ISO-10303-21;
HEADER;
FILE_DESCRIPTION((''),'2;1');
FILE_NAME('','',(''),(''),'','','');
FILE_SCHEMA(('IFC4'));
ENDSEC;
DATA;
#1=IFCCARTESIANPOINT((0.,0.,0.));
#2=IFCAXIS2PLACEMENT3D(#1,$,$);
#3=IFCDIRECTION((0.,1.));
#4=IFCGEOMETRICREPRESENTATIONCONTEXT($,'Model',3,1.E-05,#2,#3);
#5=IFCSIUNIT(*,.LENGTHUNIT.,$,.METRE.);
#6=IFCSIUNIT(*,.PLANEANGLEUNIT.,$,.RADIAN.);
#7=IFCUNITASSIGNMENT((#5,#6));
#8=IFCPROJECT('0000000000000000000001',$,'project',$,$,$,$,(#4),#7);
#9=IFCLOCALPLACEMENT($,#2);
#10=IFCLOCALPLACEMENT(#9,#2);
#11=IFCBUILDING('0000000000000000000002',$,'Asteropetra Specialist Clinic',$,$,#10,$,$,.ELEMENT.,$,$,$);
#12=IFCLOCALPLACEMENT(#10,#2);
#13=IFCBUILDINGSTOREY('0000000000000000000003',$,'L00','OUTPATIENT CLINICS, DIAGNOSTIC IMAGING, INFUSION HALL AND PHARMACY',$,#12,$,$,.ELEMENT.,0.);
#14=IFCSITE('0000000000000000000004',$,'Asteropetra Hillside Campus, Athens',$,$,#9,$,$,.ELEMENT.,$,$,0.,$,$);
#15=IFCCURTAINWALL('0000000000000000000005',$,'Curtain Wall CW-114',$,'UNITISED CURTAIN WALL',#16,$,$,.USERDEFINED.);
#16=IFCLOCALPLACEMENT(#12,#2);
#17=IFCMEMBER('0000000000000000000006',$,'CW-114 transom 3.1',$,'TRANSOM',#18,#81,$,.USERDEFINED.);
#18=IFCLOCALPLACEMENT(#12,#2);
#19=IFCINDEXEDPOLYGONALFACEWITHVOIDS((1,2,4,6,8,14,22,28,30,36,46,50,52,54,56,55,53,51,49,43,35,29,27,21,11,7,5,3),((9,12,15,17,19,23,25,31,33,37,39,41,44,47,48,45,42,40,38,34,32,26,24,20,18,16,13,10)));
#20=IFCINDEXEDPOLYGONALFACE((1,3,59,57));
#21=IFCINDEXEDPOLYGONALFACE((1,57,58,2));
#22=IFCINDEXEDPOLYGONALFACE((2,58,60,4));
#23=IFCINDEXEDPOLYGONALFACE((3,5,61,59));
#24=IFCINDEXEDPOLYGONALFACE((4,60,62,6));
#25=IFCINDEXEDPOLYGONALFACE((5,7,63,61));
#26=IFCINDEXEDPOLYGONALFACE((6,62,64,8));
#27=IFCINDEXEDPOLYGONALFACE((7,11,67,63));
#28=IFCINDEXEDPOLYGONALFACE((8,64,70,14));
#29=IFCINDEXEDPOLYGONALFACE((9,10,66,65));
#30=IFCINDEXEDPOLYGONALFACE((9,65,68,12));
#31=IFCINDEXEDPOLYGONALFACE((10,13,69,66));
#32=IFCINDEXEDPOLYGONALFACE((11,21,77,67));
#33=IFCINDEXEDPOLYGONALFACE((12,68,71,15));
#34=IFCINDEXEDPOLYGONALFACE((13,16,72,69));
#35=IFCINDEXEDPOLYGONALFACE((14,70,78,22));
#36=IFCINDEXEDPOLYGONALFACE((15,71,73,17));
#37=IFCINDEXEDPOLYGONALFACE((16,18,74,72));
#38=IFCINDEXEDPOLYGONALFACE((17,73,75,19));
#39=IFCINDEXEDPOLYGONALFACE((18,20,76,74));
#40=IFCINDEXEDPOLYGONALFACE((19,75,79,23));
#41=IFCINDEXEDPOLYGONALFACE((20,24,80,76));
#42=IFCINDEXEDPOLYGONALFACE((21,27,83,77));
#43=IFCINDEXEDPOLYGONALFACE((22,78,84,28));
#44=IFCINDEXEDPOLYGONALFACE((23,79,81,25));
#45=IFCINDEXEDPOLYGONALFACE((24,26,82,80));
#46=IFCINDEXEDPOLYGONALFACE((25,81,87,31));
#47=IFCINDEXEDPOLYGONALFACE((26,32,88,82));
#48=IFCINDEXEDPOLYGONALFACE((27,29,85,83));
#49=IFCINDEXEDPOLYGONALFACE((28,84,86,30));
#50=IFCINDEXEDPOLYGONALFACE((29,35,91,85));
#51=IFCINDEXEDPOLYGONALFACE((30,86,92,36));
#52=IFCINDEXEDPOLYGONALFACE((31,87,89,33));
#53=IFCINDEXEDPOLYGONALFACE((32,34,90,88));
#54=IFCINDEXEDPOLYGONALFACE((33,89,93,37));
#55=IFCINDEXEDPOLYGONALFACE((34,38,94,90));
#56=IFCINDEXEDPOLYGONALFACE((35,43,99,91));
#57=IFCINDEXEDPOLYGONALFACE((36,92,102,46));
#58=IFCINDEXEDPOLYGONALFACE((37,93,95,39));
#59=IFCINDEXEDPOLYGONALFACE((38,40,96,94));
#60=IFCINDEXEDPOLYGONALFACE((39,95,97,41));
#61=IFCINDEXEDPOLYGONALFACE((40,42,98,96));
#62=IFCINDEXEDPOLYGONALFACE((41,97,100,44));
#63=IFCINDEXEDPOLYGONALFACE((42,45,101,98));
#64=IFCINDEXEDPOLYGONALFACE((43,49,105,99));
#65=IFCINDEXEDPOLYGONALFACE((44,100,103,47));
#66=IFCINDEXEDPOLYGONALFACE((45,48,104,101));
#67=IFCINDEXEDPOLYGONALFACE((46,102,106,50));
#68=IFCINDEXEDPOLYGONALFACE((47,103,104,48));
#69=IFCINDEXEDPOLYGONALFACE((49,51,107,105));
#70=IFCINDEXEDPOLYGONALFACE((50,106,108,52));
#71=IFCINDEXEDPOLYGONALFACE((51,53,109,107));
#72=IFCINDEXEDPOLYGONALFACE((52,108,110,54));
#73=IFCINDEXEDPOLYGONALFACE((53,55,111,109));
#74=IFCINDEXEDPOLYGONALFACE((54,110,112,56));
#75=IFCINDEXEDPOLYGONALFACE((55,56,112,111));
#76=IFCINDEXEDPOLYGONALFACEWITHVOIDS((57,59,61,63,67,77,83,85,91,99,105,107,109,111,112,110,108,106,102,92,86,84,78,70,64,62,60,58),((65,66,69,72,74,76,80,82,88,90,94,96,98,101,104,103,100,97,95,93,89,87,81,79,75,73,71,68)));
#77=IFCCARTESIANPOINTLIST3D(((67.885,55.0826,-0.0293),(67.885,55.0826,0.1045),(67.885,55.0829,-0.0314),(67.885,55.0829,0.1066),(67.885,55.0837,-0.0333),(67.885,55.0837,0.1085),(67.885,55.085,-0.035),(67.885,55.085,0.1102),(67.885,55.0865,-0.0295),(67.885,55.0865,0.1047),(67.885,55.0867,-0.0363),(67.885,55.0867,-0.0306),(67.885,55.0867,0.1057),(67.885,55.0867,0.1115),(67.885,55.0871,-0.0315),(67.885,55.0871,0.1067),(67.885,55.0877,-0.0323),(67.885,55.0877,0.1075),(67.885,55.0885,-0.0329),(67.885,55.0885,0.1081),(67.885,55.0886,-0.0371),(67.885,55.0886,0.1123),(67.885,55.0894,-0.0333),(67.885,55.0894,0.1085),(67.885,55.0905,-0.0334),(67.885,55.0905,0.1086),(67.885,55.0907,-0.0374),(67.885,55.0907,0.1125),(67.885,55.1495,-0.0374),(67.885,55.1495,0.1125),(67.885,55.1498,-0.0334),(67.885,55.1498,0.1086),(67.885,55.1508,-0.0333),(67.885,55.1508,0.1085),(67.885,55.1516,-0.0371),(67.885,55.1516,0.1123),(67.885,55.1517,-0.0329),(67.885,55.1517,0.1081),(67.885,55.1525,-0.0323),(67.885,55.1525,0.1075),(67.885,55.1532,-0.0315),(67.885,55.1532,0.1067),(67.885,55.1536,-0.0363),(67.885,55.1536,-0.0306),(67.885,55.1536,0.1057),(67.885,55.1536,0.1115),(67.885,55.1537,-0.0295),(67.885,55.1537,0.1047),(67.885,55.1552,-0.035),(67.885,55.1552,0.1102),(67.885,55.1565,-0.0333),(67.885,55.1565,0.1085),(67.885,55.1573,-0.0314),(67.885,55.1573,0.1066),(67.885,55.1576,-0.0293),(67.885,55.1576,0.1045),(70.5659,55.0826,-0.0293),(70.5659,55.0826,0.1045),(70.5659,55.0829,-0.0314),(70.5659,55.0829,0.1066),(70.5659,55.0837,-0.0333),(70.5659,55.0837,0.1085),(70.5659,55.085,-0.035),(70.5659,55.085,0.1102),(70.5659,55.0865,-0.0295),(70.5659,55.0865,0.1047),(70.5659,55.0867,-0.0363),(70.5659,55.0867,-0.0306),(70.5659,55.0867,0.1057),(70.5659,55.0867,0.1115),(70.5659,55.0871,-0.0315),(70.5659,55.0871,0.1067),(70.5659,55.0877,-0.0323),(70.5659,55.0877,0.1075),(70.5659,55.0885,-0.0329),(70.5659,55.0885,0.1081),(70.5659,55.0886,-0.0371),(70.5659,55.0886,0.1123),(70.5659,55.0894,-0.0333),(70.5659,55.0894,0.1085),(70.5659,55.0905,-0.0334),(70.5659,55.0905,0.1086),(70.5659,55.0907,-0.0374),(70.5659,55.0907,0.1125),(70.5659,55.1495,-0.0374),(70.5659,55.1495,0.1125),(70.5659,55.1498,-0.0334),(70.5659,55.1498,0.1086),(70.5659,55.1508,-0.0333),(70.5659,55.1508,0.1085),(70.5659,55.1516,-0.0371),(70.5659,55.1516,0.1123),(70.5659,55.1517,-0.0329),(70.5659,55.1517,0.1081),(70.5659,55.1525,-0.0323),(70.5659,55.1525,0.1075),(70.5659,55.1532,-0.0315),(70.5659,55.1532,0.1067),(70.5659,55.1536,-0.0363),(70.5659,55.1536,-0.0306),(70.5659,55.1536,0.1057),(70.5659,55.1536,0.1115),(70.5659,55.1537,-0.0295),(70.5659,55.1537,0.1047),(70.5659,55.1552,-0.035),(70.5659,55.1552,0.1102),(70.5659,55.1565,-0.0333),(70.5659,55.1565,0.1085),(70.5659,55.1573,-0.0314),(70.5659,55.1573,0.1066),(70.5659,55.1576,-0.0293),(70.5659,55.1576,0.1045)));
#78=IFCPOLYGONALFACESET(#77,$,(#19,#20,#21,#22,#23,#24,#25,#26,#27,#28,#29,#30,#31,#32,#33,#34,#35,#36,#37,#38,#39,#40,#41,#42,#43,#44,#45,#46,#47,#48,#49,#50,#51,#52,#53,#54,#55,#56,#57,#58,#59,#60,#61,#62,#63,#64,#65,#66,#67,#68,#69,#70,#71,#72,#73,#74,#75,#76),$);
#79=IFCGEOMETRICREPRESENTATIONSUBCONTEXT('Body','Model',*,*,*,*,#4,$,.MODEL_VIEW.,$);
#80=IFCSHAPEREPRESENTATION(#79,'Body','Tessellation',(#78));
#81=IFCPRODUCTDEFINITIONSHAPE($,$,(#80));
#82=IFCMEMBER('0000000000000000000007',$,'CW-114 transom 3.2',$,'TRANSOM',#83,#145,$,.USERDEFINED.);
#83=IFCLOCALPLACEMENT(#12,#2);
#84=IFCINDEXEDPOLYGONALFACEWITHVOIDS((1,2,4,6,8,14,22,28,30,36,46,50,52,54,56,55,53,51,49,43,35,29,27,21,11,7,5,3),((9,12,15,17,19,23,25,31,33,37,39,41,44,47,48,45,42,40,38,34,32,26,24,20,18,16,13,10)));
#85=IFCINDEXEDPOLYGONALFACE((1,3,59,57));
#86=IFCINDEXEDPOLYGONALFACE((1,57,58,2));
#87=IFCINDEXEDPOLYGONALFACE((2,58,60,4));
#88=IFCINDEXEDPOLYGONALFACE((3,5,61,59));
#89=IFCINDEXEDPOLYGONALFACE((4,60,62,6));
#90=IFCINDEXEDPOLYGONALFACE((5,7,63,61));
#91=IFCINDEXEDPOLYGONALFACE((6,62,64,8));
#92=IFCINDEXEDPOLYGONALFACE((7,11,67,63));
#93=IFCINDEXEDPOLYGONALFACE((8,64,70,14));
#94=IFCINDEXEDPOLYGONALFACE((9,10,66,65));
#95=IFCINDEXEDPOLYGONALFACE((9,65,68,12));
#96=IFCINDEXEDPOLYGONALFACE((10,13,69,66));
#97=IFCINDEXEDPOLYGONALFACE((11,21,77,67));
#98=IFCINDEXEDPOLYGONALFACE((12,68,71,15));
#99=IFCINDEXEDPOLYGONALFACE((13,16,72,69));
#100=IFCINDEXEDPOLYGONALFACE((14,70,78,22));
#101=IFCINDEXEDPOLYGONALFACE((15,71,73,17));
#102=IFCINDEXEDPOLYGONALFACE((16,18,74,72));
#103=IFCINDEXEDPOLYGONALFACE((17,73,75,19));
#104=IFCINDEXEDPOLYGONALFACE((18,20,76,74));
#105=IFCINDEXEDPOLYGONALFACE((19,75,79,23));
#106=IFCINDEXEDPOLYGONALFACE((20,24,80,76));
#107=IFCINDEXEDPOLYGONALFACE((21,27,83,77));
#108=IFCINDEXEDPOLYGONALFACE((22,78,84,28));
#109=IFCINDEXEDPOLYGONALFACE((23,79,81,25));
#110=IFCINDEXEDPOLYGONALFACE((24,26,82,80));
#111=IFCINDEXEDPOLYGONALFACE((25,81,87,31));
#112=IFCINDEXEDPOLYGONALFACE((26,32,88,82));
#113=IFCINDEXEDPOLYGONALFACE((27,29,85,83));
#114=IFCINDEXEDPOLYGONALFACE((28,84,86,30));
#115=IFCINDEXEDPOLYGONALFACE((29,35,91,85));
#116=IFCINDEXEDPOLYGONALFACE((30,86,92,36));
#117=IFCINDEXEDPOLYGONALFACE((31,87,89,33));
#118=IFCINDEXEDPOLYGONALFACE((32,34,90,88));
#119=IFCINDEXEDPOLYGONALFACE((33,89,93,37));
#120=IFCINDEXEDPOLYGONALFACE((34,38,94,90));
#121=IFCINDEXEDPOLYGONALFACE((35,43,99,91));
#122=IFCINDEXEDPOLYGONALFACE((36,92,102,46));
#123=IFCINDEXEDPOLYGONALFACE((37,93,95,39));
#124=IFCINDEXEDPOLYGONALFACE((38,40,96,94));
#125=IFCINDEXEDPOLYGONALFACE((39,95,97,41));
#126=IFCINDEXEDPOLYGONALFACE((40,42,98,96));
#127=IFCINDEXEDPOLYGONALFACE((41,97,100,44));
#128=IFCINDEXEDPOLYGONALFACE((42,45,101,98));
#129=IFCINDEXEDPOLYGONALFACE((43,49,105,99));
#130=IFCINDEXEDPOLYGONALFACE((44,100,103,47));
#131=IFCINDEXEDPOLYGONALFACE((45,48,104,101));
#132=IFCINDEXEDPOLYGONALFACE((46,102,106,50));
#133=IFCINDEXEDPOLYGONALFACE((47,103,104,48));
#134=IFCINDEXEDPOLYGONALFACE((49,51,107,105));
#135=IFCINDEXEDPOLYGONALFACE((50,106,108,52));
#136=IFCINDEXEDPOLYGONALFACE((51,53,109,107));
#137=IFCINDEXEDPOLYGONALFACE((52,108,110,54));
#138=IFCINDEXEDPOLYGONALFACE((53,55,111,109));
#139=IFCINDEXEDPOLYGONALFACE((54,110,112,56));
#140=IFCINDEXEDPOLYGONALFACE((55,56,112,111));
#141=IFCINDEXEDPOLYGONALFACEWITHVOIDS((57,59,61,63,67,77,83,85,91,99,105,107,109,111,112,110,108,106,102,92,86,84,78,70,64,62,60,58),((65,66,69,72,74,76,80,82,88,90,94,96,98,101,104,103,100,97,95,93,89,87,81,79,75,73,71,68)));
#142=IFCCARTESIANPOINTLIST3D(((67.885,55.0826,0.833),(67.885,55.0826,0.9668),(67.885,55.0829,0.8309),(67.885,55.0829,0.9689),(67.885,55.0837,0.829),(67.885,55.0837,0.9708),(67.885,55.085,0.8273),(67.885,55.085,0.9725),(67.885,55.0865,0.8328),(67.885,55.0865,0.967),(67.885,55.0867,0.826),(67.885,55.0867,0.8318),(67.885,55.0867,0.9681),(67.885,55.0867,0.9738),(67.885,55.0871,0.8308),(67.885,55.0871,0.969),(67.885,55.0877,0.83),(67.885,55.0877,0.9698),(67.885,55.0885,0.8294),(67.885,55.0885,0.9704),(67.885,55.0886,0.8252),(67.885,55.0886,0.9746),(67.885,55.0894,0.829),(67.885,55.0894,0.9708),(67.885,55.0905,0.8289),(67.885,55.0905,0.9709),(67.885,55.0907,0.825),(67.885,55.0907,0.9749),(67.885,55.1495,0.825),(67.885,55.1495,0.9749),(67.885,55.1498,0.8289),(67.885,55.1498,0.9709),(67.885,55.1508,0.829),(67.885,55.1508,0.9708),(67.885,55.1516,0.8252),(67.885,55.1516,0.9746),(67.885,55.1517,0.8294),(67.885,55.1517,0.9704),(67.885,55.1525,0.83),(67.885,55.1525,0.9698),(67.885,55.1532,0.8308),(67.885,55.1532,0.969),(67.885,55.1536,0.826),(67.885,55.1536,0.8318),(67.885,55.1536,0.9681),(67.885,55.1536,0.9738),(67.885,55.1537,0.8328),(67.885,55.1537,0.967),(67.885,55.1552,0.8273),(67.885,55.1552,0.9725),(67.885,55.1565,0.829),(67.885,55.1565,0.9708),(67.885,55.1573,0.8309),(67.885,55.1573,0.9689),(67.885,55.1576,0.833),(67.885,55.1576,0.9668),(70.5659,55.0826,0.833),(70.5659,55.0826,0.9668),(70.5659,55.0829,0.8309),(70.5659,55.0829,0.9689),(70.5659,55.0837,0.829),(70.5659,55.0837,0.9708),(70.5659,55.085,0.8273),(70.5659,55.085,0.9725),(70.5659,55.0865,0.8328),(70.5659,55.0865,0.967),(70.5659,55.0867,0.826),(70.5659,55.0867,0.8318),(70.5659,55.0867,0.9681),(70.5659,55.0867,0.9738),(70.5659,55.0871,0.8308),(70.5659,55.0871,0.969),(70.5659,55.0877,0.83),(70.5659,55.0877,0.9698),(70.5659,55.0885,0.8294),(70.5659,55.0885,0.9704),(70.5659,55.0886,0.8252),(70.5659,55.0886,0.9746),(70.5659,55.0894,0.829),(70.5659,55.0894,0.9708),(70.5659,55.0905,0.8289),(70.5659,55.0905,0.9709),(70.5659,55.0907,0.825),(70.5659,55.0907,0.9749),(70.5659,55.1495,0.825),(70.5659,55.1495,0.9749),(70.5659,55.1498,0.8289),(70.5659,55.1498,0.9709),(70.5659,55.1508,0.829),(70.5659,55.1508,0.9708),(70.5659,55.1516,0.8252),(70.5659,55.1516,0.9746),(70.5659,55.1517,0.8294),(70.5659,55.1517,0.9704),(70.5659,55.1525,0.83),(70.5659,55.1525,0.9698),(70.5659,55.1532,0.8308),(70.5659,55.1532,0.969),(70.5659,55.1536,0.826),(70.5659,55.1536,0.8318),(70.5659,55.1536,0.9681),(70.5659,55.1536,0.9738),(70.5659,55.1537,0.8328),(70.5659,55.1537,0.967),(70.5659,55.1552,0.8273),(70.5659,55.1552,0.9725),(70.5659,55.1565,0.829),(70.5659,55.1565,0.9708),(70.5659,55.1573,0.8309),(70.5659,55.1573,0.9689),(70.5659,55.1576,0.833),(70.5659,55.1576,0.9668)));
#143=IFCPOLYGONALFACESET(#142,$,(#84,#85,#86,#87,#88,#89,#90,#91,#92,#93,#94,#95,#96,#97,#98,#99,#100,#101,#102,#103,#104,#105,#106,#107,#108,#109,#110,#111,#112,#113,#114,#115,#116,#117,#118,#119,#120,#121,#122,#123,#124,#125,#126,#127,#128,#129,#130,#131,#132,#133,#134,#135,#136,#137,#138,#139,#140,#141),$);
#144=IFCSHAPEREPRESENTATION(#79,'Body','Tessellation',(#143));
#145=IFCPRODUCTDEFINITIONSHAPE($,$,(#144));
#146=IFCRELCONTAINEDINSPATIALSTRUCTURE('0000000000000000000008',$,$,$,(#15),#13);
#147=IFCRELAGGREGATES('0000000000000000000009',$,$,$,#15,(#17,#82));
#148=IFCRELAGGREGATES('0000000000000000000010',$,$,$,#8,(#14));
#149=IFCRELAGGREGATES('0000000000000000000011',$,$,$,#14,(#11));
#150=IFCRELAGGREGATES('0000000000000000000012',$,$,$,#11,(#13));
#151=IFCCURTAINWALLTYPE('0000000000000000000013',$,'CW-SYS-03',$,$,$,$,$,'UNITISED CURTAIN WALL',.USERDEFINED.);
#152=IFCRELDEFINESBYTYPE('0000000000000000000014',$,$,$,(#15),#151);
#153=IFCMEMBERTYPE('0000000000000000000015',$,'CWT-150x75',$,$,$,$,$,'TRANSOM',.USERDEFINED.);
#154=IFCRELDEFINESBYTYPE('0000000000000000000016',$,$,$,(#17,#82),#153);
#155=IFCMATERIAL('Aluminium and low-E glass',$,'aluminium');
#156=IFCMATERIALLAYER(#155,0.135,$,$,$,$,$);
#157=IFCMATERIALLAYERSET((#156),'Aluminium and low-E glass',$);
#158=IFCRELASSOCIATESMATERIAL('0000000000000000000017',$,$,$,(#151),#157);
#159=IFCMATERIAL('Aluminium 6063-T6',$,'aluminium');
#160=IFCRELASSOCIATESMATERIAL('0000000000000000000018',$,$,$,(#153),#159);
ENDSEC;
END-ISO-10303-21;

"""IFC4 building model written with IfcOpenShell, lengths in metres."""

from ifc_helpers import new_model, si_unit, direction, frame, origin, origin_2d, place, context, subcontext, project, spatial, hollow_rectangle, extrude, material, layer, layer_set, material_profile, profile_set, type_object, element, aggregate, save


model = new_model("IFC4")

# Units and contexts
model_context = context("Model", 3, precision=1e-05, world=origin(), true_north=direction((0.0, 1.0)))
body_context = subcontext(model_context, "Body", "Model", "MODEL_VIEW")
ifc_project = project(units=[si_unit("LENGTHUNIT", "METRE"), si_unit("PLANEANGLEUNIT", "RADIAN")], contexts=[model_context])

# Site, building, storey
site_placement = place(None, origin())
site = spatial("IfcSite", under=ifc_project, at=site_placement, Name="Asteropetra Hillside Campus, Athens", CompositionType="ELEMENT", RefElevation=0.0)
building_placement = place(site_placement, origin())
building = spatial("IfcBuilding", under=site, at=building_placement, Name="Asteropetra Specialist Clinic", CompositionType="ELEMENT")
storey_placement = place(building_placement, origin())
storey = spatial("IfcBuildingStorey", under=building, at=storey_placement, Name="L00", Description="OUTPATIENT CLINICS, DIAGNOSTIC IMAGING, INFUSION HALL AND PHARMACY", CompositionType="ELEMENT", Elevation=0.0)

# Curtain wall, members
ifc_material_1 = material(Name="Aluminium and low-E glass", Category="aluminium")
ifc_layer_1 = layer(ifc_material_1, 0.135)
ifc_layer_set_1 = layer_set([ifc_layer_1], Name="Aluminium and low-E glass")
curtain_wall_type = type_object("IfcCurtainWallType", Name="CW-SYS-03", ElementType="UNITISED CURTAIN WALL", PredefinedType="USERDEFINED", material=ifc_layer_set_1)
curtain_wall_placement = place(storey_placement, origin())
curtain_wall = element("IfcCurtainWall", 1, at=curtain_wall_placement, inside=storey, type_object=curtain_wall_type, Name="Curtain Wall CW-114", ObjectType="UNITISED CURTAIN WALL", PredefinedType="USERDEFINED")
ifc_material_2 = material(Name="Aluminium 6063-T6", Category="aluminium")
ifc_material_profile_1 = material_profile(ifc_material_2, hollow_rectangle(XDim=0.075, YDim=0.1499, WallThickness=0.0039, InnerFilletRadius=0.0039, OuterFilletRadius=0.0081, at=origin_2d()), Name="TRN 150x75x4.0")
ifc_profile_set_1 = profile_set([ifc_material_profile_1], Name="Aluminium 6063-T6")
member_type_1 = type_object("IfcMemberType", Name="CWT-150x75", ElementType="TRANSOM", PredefinedType="USERDEFINED", material=ifc_profile_set_1)
member_1_placement = place(storey_placement, frame((70.5659, 55.1201, 0.0376), z_axis=(-1.0, 0.0, 0.0), x_axis=(0.0, -1.0, 0.0)))
member_1 = element("IfcMember", 2, at=member_1_placement, type_object=member_type_1, Name="CW-114 transom 3.1", ObjectType="TRANSOM", PredefinedType="USERDEFINED", context=body_context, shape_type="SweptSolid", body=[
    extrude(hollow_rectangle(XDim=0.075, YDim=0.1499, WallThickness=0.0039, InnerFilletRadius=0.0039, OuterFilletRadius=0.0081, at=origin_2d()), origin(), (0.0, 0.0, 1.0), 2.6809),
])
member_2_placement = place(storey_placement, frame((70.5659, 55.1201, 0.8999), z_axis=(-1.0, 0.0, 0.0), x_axis=(0.0, -1.0, 0.0)))
member_2 = element("IfcMember", 3, at=member_2_placement, type_object=member_type_1, Name="CW-114 transom 3.2", ObjectType="TRANSOM", PredefinedType="USERDEFINED", context=body_context, shape_type="SweptSolid", body=[
    extrude(hollow_rectangle(XDim=0.075, YDim=0.1499, WallThickness=0.0039, InnerFilletRadius=0.0039, OuterFilletRadius=0.0081, at=origin_2d()), origin(), (0.0, 0.0, 1.0), 2.6809),
])
aggregate(curtain_wall, [member_1, member_2])

save(model, "model.ifc")
